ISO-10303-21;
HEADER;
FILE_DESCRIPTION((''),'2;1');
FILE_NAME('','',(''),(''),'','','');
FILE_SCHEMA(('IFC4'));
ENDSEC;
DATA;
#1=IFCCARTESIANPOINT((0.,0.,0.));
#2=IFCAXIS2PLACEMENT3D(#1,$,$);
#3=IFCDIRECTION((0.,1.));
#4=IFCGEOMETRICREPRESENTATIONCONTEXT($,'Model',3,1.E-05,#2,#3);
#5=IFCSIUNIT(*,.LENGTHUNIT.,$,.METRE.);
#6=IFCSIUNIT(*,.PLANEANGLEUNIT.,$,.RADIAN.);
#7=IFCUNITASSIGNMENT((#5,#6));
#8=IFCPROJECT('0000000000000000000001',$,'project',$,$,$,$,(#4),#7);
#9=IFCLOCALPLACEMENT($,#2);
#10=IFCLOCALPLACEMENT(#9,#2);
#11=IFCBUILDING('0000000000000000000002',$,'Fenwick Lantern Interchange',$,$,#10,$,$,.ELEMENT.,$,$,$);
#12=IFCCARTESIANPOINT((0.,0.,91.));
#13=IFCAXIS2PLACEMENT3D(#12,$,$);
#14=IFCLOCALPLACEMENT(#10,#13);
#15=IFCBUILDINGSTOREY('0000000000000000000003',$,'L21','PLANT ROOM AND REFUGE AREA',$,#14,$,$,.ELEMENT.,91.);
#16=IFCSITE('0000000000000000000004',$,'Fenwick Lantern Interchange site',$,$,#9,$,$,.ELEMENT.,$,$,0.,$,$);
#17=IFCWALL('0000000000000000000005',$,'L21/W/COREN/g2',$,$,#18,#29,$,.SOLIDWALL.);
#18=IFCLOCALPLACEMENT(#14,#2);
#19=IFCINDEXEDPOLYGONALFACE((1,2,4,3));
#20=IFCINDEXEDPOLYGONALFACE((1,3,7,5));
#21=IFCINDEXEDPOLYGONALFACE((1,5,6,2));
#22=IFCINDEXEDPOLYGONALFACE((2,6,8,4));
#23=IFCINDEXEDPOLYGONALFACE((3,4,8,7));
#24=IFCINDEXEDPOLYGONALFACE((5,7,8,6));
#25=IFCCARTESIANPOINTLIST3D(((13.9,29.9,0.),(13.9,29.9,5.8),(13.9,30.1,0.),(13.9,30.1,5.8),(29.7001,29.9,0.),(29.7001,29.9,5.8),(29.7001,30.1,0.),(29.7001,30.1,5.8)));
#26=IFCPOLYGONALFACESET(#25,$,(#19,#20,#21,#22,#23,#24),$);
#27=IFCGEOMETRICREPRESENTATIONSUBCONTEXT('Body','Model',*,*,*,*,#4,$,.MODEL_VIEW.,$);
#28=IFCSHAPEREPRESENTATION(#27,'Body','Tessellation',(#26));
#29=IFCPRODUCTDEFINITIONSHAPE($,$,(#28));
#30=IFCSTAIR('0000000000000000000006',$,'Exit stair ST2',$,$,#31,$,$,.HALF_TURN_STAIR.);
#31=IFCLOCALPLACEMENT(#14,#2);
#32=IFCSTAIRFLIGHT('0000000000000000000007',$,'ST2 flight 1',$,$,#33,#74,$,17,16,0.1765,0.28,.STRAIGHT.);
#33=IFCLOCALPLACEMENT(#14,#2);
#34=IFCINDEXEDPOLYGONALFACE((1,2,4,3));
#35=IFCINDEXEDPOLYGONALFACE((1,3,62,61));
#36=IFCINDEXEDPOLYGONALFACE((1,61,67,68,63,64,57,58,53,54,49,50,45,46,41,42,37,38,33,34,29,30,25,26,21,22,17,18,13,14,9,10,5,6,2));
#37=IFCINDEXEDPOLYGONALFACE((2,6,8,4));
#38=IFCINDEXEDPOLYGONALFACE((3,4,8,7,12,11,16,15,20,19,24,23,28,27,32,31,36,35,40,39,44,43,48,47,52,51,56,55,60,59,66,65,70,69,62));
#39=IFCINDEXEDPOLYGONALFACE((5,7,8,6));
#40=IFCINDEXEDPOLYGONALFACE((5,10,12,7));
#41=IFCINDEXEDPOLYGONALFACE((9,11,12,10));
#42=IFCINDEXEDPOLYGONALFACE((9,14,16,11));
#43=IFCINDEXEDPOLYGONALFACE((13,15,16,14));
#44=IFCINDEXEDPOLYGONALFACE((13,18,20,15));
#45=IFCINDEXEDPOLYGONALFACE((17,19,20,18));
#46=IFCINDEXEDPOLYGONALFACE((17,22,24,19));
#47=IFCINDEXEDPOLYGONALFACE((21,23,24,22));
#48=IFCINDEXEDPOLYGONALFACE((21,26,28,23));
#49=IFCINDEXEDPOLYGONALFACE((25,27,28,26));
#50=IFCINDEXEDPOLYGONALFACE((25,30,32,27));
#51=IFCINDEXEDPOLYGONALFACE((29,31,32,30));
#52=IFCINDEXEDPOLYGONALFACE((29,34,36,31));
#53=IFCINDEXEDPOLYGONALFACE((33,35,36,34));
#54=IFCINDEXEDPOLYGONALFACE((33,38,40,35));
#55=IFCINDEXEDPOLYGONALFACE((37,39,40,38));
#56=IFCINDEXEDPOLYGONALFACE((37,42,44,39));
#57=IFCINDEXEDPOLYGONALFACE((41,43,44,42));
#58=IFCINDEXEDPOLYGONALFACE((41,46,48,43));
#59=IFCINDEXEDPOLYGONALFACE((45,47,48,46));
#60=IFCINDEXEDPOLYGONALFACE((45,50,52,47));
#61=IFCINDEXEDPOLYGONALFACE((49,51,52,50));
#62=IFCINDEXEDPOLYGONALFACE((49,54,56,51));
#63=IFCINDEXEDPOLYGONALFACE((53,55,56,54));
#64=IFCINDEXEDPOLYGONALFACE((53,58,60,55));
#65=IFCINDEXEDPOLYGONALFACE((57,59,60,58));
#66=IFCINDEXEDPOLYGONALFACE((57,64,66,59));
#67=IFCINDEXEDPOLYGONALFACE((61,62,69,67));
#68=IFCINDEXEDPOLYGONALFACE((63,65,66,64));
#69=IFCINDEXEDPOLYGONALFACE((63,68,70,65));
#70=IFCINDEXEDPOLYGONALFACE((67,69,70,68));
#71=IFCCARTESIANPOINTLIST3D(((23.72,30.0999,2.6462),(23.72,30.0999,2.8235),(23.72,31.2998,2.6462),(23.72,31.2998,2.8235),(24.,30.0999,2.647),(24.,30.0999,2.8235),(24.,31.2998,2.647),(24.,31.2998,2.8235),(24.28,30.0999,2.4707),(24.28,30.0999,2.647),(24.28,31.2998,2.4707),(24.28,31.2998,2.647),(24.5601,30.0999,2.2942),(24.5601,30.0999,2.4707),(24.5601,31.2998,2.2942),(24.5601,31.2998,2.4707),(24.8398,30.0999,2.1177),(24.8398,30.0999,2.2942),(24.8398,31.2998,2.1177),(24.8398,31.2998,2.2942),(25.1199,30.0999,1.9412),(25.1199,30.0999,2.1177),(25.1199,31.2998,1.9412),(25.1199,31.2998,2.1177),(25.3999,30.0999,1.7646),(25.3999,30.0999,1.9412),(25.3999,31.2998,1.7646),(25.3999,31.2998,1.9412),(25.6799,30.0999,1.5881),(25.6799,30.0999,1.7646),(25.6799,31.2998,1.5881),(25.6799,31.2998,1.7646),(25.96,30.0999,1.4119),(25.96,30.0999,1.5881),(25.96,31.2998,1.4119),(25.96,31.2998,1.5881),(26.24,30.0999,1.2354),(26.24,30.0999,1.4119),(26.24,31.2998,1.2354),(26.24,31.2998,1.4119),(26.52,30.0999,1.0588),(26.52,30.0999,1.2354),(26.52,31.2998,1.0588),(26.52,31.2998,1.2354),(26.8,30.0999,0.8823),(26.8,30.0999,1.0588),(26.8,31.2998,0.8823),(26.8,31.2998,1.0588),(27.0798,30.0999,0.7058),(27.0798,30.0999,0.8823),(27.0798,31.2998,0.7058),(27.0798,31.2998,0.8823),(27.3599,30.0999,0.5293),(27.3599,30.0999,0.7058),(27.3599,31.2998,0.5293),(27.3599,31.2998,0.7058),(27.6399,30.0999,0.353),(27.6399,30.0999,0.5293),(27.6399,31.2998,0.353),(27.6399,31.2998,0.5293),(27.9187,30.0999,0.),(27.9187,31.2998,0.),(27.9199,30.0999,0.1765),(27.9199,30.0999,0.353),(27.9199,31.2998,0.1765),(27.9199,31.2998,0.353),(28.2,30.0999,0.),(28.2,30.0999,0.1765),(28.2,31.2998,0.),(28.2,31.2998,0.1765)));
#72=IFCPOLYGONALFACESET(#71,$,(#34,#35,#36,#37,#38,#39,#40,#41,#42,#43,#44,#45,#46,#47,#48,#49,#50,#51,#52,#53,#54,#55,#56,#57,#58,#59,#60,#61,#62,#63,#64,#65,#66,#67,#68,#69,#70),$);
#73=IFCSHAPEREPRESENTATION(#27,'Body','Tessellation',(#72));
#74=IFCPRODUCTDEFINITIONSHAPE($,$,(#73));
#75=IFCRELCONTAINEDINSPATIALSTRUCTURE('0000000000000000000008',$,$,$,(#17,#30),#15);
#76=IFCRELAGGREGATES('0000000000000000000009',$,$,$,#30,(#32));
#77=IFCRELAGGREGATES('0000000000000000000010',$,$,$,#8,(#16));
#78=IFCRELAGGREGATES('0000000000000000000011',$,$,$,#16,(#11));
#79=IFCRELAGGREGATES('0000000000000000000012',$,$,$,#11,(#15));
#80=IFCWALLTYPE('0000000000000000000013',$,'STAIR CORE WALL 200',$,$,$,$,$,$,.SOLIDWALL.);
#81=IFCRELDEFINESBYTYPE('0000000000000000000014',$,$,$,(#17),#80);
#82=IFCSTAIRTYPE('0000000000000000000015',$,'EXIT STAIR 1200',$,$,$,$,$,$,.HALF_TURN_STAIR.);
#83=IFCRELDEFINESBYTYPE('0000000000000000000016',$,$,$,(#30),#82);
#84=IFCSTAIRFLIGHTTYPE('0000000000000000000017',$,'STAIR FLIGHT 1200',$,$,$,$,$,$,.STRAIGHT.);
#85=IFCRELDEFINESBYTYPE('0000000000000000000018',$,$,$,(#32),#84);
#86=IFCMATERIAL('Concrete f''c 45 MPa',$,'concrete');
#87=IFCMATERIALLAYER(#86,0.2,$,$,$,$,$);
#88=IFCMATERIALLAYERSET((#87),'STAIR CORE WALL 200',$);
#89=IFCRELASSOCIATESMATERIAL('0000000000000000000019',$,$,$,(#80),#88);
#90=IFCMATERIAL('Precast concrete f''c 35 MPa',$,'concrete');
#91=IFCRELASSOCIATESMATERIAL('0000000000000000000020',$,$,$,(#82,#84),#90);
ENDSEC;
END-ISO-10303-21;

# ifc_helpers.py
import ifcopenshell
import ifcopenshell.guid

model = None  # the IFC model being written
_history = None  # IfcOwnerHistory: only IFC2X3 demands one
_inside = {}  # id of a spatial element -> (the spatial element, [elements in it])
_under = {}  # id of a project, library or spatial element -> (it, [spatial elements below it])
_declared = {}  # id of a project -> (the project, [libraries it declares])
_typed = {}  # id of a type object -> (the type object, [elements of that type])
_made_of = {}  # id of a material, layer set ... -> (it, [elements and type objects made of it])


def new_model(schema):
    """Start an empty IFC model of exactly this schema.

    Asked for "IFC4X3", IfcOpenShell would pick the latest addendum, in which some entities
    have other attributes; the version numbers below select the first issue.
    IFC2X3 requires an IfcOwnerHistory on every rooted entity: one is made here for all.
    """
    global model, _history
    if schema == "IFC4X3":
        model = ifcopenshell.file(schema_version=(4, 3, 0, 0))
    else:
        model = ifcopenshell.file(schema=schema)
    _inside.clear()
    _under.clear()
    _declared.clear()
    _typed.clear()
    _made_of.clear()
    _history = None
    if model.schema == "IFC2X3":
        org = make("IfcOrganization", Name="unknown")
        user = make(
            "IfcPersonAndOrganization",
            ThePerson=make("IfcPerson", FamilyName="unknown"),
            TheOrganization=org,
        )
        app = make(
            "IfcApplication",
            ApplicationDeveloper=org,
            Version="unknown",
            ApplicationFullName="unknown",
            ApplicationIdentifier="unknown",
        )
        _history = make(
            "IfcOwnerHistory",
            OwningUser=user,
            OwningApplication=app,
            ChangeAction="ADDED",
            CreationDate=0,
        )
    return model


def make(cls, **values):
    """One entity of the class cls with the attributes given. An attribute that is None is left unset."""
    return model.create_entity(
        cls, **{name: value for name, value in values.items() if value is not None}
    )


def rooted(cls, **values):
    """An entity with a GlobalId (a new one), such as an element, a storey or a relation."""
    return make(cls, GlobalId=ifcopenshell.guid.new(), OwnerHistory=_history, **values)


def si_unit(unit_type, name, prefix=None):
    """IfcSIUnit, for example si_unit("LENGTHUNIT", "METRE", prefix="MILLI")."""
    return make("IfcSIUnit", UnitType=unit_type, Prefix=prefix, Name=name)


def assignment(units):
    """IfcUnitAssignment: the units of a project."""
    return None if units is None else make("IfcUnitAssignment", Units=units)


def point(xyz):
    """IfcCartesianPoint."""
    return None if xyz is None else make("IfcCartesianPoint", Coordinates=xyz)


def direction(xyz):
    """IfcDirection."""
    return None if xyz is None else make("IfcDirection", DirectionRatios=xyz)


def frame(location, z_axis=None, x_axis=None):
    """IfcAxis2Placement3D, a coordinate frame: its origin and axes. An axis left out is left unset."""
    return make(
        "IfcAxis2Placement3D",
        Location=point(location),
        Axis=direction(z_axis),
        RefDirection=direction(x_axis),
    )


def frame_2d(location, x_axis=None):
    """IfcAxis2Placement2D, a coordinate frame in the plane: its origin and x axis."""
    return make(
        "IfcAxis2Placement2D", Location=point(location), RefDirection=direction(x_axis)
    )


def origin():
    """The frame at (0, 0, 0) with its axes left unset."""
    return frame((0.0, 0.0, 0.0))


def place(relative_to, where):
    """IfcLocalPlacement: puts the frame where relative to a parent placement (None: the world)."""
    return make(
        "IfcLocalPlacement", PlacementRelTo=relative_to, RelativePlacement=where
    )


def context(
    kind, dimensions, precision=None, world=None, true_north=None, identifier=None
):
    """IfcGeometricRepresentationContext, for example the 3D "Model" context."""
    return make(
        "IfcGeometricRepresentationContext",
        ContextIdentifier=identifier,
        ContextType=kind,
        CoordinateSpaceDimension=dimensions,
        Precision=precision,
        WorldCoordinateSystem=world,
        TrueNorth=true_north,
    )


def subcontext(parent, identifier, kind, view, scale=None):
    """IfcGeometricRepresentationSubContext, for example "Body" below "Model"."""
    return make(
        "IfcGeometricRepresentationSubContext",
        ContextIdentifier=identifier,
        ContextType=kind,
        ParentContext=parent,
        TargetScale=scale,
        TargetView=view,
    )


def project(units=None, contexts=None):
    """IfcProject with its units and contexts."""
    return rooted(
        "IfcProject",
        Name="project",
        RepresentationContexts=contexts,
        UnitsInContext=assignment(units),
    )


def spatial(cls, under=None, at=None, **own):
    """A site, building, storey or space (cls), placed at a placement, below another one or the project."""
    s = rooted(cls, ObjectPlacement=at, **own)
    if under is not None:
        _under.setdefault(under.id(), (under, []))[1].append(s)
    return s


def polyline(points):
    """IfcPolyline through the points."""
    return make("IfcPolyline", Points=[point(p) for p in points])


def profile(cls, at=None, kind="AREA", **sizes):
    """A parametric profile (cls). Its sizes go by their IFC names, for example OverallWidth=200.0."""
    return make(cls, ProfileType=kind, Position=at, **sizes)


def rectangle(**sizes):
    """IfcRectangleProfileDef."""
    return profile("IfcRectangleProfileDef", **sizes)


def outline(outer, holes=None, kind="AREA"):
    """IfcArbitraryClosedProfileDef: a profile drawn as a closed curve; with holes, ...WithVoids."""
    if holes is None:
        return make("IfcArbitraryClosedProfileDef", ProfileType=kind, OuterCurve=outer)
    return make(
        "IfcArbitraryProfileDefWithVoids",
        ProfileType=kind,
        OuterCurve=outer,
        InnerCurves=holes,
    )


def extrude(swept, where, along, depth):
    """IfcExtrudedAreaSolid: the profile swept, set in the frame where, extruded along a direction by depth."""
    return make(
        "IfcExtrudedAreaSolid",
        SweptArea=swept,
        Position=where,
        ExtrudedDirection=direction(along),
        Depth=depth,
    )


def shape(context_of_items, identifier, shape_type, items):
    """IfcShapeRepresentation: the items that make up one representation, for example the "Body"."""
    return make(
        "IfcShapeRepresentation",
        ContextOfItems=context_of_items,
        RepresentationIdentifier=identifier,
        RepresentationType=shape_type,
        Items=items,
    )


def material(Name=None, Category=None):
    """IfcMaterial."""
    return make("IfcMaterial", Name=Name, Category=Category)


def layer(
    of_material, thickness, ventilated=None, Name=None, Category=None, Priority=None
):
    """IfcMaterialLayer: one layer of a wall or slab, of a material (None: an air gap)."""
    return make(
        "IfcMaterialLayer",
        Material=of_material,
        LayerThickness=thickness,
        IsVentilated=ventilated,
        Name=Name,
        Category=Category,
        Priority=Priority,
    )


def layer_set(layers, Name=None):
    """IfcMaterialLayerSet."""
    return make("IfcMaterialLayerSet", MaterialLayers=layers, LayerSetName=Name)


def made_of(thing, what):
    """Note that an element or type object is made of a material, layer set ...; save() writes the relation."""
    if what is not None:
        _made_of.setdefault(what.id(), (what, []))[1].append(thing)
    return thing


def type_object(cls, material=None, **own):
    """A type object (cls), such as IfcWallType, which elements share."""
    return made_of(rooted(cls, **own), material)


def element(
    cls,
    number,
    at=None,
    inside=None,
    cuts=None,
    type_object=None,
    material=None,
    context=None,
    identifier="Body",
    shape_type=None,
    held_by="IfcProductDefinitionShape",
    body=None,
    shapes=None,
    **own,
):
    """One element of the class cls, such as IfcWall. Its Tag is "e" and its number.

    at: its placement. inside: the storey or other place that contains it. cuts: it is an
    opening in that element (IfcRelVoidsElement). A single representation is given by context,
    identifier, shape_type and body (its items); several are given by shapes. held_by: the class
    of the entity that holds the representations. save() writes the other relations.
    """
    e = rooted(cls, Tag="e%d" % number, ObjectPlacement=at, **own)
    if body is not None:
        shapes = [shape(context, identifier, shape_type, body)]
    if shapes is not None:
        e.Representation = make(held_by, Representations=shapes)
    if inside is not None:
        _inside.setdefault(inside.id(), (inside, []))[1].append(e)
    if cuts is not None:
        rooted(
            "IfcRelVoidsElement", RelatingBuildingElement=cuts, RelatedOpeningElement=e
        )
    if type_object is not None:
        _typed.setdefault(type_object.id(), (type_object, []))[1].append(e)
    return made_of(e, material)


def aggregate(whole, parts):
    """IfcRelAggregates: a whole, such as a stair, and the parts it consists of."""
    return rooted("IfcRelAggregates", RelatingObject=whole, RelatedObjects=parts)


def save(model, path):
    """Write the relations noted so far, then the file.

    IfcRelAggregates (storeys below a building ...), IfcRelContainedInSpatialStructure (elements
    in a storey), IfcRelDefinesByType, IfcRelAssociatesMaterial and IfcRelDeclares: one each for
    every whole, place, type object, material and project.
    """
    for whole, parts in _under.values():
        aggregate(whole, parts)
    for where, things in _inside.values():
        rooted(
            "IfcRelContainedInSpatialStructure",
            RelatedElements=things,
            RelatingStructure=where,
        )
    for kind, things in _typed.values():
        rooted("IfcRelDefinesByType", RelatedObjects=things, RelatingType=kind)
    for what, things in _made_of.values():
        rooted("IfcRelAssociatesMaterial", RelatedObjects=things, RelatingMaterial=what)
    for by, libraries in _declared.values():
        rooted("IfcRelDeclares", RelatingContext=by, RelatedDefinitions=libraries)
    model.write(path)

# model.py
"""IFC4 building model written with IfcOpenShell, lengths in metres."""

from ifc_helpers import new_model, si_unit, direction, frame, frame_2d, origin, place, context, subcontext, project, spatial, polyline, rectangle, outline, extrude, material, layer, layer_set, type_object, element, aggregate, save


model = new_model("IFC4")

# Units and contexts
model_context = context("Model", 3, precision=1e-05, world=origin(), true_north=direction((0.0, 1.0)))
body_context = subcontext(model_context, "Body", "Model", "MODEL_VIEW")
ifc_project = project(units=[si_unit("LENGTHUNIT", "METRE"), si_unit("PLANEANGLEUNIT", "RADIAN")], contexts=[model_context])

# Site, building, storey
site_placement = place(None, origin())
site = spatial("IfcSite", under=ifc_project, at=site_placement, Name="Fenwick Lantern Interchange site", CompositionType="ELEMENT", RefElevation=0.0)
building_placement = place(site_placement, origin())
building = spatial("IfcBuilding", under=site, at=building_placement, Name="Fenwick Lantern Interchange", CompositionType="ELEMENT")
storey_placement = place(building_placement, frame((0.0, 0.0, 91.0)))
storey = spatial("IfcBuildingStorey", under=building, at=storey_placement, Name="L21", Description="PLANT ROOM AND REFUGE AREA", CompositionType="ELEMENT", Elevation=91.0)

# Shared definitions
ifc_material_1 = material(Name="Concrete f'c 45 MPa", Category="concrete")
ifc_layer_1 = layer(ifc_material_1, 0.2)
ifc_layer_set_1 = layer_set([ifc_layer_1], Name="STAIR CORE WALL 200")
wall_type_1 = type_object("IfcWallType", Name="STAIR CORE WALL 200", PredefinedType="SOLIDWALL", material=ifc_layer_set_1)

# Wall
wall_1_placement = place(storey_placement, frame((29.7, 30.0, 0.0), z_axis=(0.0, 0.0, 1.0), x_axis=(-1.0, 0.0, 0.0)))
element("IfcWall", 1, at=wall_1_placement, inside=storey, type_object=wall_type_1, Name="L21/W/COREN/g2", PredefinedType="SOLIDWALL", context=body_context, shape_type="SweptSolid", body=[
    extrude(rectangle(XDim=15.8, YDim=0.2, at=frame_2d((7.8999, 0.0))), origin(), (0.0, 0.0, 1.0), 5.8),
])

# Stair, stair flight
ifc_material_2 = material(Name="Precast concrete f'c 35 MPa", Category="concrete")
stair_type = type_object("IfcStairType", Name="EXIT STAIR 1200", PredefinedType="HALF_TURN_STAIR", material=ifc_material_2)
stair_placement = place(storey_placement, origin())
stair = element("IfcStair", 2, at=stair_placement, inside=storey, type_object=stair_type, Name="Exit stair ST2", PredefinedType="HALF_TURN_STAIR")
stair_flight_type = type_object("IfcStairFlightType", Name="STAIR FLIGHT 1200", PredefinedType="STRAIGHT", material=ifc_material_2)
stair_flight_placement = place(storey_placement, frame((28.2, 30.7, 0.0), z_axis=(0.0, 0.0, 1.0), x_axis=(-1.0, 0.0, 0.0)))
stair_flight = element("IfcStairFlight", 3, at=stair_flight_placement, type_object=stair_flight_type, Name="ST2 flight 1", NumberOfRisers=17, NumberOfTreads=16, PredefinedType="STRAIGHT", RiserHeight=0.1765, TreadLength=0.28, context=body_context, shape_type="SweptSolid", body=[
    extrude(outline(polyline([(0.0, 0.0), (0.0, 0.1765), (0.28, 0.1765), (0.28, 0.353), (0.5601, 0.353), (0.5601, 0.5293), (0.8401, 0.5293), (0.8401, 0.7058), (1.1201, 0.7058), (1.1201, 0.8823), (1.3999, 0.8823), (1.3999, 1.0588), (1.6799, 1.0588), (1.6799, 1.2354), (1.96, 1.2354), (1.96, 1.4119), (2.24, 1.4119), (2.24, 1.5881), (2.52, 1.5881), (2.52, 1.7646), (2.8, 1.7646), (2.8, 1.9412), (3.0801, 1.9412), (3.0801, 2.1177), (3.3601, 2.1177), (3.3601, 2.2942), (3.6399, 2.2942), (3.6399, 2.4707), (3.9199, 2.4707), (3.9199, 2.647), (4.2, 2.647), (4.2, 2.8235), (4.48, 2.8235), (4.48, 3.0), (4.48, 2.6462), (0.2812, 0.0), (0.0, 0.0)])), frame((0.0, 0.6001, 0.0), z_axis=(0.0, -1.0, 0.0), x_axis=(1.0, 0.0, 0.0)), (0.0, 0.0, 1.0), 1.2),
])
aggregate(stair, [stair_flight])

save(model, "model.ifc")
